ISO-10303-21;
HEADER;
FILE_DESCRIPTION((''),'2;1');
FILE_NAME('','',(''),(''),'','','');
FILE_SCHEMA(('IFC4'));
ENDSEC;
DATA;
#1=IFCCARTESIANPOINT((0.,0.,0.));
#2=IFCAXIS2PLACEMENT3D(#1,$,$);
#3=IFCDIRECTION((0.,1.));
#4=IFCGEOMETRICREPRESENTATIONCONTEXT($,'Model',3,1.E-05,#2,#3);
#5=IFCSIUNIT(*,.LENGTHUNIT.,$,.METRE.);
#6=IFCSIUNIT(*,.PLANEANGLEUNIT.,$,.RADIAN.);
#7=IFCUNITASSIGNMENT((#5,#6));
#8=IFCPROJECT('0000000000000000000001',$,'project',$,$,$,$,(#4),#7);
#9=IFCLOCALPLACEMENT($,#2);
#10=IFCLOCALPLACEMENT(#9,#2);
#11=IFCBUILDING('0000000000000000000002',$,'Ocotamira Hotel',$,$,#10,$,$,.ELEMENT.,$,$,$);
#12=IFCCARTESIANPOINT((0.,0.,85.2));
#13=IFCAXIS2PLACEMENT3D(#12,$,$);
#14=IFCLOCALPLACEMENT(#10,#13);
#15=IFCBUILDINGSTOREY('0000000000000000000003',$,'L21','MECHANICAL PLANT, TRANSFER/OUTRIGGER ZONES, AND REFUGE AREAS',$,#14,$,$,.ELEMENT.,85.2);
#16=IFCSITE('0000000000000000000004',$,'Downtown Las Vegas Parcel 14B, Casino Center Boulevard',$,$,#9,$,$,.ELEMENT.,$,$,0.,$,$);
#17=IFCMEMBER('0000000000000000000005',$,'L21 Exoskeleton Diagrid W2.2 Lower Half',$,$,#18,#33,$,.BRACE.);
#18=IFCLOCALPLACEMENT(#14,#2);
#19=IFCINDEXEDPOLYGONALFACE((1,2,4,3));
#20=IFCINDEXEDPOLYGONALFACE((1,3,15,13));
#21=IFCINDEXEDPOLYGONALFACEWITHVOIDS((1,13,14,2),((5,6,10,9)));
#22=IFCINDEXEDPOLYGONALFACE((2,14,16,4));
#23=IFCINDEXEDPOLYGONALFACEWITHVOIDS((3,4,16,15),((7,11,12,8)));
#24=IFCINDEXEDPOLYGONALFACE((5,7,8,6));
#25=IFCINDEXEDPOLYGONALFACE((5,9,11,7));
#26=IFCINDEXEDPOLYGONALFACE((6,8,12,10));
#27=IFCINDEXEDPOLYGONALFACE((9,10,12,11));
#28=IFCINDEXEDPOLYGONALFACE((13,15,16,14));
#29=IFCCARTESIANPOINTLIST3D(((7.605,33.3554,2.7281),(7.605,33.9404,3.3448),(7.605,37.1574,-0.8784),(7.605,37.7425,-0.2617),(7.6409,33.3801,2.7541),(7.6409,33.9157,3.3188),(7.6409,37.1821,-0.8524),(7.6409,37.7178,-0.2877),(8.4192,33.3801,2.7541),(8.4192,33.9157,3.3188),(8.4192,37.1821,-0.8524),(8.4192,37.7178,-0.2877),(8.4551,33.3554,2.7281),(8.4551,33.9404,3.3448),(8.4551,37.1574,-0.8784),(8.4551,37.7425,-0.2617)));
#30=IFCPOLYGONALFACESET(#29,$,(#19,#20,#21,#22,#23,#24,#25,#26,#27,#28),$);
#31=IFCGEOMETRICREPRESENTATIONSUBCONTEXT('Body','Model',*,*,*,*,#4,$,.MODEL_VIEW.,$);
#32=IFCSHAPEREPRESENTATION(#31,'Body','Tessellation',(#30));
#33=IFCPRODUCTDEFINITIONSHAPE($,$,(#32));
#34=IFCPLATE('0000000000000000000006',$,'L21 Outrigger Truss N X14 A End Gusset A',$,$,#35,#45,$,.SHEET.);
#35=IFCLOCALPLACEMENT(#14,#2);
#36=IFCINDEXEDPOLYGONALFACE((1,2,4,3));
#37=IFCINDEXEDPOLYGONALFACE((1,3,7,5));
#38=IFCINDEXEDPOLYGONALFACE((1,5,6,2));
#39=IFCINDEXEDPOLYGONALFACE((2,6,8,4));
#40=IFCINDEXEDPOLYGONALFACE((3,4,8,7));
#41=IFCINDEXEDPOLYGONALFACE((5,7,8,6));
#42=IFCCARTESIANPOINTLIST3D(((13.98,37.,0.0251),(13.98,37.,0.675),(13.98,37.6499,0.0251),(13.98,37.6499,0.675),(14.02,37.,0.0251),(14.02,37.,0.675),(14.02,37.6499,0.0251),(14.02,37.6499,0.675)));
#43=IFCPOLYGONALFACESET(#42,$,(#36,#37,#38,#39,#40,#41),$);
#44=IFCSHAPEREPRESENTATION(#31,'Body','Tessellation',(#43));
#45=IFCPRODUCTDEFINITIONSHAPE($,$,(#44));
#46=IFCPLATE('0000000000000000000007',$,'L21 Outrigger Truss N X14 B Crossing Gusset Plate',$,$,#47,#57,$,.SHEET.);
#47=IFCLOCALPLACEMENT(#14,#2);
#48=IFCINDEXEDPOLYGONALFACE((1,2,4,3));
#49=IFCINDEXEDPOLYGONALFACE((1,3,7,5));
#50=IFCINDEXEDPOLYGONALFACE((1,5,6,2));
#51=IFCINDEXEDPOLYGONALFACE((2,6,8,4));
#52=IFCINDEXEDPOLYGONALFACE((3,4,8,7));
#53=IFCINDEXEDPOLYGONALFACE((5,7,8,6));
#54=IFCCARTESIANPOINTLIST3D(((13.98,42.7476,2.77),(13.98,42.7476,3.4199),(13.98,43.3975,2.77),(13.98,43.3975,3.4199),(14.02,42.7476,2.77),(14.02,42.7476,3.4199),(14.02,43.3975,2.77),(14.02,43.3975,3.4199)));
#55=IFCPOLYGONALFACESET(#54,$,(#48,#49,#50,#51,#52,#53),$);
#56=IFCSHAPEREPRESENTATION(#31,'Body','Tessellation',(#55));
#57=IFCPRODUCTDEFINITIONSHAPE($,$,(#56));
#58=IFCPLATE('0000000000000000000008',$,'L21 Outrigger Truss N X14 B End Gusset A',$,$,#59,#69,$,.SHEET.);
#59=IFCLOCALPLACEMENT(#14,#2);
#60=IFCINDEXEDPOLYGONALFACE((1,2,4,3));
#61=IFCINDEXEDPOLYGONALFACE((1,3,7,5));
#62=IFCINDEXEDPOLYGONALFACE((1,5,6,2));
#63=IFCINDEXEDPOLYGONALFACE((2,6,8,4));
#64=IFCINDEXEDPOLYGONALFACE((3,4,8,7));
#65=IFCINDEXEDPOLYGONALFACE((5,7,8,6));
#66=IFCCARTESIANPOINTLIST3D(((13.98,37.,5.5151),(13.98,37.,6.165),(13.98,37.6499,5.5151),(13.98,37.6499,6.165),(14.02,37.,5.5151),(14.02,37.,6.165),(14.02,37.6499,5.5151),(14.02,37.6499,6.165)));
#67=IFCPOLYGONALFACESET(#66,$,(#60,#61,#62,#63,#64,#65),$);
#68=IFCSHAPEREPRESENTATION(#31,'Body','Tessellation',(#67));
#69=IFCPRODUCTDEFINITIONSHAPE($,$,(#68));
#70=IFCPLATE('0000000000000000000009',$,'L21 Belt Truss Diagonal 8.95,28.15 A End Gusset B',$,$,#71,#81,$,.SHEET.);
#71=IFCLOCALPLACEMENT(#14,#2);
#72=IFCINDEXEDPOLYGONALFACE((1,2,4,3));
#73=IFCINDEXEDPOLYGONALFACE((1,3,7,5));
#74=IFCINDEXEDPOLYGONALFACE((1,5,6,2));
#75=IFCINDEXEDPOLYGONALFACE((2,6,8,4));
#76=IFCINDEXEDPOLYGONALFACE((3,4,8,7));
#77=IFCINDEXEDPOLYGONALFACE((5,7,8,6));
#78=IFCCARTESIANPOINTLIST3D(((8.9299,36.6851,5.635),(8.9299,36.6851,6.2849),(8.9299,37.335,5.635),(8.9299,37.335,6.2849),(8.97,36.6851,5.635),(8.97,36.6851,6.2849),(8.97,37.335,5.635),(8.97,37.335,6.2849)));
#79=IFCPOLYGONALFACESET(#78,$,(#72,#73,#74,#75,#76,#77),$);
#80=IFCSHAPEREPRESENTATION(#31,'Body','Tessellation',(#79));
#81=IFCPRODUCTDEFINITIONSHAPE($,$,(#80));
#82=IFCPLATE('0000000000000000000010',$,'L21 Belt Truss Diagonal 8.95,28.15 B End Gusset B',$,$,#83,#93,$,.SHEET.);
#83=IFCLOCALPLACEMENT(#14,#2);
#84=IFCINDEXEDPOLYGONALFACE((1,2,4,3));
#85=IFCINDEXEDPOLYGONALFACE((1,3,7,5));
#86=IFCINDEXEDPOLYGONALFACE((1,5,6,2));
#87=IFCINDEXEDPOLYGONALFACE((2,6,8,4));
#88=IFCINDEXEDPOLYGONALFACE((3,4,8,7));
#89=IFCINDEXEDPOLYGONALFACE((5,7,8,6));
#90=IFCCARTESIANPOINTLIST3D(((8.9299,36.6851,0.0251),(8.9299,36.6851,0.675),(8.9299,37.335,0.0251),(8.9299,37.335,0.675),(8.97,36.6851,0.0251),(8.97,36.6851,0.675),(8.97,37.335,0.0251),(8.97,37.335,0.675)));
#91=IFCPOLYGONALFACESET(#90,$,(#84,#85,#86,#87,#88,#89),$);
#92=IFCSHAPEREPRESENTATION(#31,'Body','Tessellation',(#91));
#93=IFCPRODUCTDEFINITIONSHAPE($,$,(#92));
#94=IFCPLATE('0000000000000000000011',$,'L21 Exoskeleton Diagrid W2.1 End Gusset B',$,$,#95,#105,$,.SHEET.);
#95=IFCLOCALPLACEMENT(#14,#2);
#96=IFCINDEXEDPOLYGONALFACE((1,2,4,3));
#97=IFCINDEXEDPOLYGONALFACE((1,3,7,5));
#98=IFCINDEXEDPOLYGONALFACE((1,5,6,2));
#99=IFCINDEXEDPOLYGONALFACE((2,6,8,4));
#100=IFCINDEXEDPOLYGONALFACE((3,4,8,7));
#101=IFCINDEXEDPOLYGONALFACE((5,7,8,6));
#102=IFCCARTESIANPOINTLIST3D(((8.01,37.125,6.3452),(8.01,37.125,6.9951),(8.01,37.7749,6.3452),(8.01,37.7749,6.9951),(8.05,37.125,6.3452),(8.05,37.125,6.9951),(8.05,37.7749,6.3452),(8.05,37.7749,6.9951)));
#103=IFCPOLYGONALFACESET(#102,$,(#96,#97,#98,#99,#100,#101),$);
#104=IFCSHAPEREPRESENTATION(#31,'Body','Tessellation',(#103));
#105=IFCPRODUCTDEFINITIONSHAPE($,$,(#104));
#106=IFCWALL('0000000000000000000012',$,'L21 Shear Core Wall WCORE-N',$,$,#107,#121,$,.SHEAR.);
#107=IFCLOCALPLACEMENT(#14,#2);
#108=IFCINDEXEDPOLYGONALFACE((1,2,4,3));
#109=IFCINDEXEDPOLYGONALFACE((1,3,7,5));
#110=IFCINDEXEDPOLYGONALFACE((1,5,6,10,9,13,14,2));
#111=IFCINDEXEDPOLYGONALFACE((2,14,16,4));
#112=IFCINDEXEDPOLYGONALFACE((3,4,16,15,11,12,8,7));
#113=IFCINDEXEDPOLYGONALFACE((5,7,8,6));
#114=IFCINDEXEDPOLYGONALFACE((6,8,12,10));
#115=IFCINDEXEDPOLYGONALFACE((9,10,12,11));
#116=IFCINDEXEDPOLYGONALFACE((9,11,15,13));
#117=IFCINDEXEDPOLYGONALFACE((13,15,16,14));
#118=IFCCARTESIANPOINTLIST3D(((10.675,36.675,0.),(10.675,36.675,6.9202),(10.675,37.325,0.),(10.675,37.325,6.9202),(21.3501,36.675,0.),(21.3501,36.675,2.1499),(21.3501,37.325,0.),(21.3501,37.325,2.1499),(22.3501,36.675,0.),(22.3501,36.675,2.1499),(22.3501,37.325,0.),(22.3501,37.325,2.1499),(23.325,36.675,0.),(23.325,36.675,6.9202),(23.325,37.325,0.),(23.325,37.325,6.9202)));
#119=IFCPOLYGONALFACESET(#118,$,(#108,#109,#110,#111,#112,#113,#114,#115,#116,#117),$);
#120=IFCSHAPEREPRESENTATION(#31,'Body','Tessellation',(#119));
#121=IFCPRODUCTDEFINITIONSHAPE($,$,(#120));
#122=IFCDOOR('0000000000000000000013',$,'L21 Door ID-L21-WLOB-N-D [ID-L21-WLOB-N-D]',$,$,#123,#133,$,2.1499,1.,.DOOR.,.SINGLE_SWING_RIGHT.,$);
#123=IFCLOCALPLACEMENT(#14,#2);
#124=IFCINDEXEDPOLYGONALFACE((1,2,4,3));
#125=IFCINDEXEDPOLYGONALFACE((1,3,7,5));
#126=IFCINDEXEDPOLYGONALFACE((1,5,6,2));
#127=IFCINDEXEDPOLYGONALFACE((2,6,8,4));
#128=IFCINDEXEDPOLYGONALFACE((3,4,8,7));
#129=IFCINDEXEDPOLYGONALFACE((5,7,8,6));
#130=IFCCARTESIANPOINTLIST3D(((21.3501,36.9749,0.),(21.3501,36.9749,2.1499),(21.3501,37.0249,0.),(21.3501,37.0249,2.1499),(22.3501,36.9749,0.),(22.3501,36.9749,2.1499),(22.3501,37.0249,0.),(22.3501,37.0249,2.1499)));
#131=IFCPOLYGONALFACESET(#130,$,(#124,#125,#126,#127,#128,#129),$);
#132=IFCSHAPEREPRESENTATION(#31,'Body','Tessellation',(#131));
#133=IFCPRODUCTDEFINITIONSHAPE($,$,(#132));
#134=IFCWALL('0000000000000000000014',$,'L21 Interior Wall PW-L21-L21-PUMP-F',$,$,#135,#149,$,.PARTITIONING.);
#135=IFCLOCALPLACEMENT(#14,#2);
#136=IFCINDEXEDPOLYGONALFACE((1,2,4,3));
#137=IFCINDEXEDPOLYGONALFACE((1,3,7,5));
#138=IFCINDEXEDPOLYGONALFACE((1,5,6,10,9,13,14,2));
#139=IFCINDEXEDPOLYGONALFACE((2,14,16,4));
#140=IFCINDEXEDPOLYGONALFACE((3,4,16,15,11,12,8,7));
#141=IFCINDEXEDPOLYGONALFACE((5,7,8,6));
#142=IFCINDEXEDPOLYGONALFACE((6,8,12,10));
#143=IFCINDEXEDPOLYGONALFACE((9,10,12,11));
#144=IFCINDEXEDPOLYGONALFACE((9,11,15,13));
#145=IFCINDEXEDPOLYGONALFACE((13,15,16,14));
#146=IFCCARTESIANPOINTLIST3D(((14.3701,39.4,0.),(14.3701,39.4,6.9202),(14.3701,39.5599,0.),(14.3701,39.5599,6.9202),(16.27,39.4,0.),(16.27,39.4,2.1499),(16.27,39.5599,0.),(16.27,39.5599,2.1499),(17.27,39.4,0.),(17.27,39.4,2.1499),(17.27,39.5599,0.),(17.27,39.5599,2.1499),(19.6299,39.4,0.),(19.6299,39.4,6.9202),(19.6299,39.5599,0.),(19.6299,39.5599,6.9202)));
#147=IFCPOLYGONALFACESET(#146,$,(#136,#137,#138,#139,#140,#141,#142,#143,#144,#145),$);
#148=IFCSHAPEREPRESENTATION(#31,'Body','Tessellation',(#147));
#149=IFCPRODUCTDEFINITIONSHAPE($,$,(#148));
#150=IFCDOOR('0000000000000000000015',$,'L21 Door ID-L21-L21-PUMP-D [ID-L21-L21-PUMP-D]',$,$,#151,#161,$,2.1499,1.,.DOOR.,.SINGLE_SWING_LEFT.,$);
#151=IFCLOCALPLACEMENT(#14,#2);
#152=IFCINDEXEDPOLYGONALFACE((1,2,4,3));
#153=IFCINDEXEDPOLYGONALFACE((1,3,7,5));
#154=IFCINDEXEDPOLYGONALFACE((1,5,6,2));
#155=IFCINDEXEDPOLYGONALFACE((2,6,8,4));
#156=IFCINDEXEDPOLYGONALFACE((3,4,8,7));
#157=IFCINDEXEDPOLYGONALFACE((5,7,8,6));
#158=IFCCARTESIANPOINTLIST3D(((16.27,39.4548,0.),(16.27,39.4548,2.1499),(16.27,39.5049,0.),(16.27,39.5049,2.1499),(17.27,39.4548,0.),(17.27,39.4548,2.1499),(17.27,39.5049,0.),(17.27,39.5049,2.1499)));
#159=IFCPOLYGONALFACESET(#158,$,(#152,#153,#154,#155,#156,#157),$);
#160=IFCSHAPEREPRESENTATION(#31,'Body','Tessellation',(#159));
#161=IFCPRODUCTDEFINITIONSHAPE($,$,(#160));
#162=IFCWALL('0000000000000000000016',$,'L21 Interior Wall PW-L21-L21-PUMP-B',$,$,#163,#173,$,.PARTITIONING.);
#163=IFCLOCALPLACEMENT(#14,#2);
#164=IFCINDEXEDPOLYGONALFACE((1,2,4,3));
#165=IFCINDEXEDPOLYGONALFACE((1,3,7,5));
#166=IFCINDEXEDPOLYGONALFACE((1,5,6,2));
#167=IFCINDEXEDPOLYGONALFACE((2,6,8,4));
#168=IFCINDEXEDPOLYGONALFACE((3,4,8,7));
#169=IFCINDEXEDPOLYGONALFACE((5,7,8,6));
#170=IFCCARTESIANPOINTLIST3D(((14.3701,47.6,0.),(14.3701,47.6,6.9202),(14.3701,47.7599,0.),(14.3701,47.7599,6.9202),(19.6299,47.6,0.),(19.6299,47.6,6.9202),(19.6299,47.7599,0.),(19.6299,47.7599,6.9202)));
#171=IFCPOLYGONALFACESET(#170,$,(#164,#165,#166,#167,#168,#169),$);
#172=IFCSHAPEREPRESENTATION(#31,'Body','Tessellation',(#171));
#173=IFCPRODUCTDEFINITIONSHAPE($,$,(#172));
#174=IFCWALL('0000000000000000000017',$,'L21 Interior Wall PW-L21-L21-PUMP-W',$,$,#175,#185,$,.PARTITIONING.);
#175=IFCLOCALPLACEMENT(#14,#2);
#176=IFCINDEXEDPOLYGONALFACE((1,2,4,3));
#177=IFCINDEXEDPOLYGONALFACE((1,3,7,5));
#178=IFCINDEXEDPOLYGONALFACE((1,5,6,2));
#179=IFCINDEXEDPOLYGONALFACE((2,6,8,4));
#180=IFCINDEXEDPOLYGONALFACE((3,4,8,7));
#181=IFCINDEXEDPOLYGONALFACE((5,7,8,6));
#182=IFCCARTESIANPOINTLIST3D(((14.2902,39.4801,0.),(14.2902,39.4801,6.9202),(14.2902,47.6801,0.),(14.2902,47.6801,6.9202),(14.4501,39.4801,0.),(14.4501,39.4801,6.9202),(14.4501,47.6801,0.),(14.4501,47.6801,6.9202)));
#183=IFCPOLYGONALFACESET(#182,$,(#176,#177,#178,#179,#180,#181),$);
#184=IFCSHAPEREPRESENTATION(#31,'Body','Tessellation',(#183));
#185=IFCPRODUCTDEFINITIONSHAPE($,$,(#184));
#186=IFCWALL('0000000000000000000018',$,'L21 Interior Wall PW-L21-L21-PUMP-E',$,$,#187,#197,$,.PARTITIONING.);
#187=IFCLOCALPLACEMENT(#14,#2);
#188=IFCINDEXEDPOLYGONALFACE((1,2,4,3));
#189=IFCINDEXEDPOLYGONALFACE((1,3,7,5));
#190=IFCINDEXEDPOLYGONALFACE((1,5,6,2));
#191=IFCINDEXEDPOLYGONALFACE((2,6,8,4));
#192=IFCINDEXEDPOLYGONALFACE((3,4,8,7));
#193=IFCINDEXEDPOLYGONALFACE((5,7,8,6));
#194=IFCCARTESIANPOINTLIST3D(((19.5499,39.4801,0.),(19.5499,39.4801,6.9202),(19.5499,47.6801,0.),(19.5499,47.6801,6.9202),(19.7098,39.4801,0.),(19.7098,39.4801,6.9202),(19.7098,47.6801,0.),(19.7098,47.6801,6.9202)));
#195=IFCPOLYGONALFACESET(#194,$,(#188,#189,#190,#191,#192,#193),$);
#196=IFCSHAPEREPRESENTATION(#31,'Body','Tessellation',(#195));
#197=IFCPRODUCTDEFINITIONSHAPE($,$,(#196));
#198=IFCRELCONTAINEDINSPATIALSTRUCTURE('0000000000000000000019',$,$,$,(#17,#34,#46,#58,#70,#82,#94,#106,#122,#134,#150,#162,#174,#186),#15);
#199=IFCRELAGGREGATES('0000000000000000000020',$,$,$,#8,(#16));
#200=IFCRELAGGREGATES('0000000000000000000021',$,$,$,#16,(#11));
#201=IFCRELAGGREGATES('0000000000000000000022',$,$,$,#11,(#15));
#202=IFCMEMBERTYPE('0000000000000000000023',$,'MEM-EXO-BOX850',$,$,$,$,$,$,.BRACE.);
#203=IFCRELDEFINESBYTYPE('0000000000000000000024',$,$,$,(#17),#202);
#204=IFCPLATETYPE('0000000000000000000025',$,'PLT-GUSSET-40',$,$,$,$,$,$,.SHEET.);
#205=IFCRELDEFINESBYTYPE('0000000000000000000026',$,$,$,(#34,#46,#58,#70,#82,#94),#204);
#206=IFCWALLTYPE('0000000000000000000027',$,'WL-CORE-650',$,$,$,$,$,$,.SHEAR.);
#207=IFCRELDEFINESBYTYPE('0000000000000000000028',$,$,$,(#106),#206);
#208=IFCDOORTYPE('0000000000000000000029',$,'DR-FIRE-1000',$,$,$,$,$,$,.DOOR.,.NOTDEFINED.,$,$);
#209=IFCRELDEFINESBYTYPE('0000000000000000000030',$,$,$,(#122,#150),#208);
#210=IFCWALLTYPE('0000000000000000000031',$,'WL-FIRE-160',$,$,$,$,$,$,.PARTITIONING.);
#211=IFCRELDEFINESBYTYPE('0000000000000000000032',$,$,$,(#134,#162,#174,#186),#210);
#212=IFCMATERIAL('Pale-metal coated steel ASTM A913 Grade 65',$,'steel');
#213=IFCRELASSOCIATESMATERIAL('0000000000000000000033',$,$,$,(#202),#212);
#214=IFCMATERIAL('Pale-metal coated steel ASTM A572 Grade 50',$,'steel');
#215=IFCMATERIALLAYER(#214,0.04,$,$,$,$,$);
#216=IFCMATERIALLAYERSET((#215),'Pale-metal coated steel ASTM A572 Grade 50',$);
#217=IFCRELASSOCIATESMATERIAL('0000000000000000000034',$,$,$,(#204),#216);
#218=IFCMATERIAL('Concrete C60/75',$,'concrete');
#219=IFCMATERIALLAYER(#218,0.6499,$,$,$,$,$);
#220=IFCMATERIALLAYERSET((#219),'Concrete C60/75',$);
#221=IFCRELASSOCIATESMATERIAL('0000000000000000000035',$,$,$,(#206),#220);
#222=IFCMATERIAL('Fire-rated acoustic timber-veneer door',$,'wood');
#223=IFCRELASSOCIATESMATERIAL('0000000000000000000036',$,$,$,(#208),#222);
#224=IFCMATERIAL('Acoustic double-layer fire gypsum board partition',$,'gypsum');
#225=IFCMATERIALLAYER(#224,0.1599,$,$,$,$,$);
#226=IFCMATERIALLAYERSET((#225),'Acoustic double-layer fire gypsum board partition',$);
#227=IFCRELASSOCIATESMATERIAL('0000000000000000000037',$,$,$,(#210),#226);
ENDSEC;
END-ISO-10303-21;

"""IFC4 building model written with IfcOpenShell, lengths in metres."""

from ifc_helpers import new_model, si_unit, direction, frame, frame_2d, origin, origin_2d, place, context, subcontext, project, spatial, rectangle, hollow_rectangle, extrude, source, transform, mapped, material, layer, layer_set, material_profile, profile_set, type_object, element, fill, save


model = new_model("IFC4")

# Units and contexts
model_context = context("Model", 3, precision=1e-05, world=origin(), true_north=direction((0.0, 1.0)))
body_context = subcontext(model_context, "Body", "Model", "MODEL_VIEW")
ifc_project = project(units=[si_unit("LENGTHUNIT", "METRE"), si_unit("PLANEANGLEUNIT", "RADIAN")], contexts=[model_context])

# Site, building, storey
site_placement = place(None, origin())
site = spatial("IfcSite", under=ifc_project, at=site_placement, Name="Downtown Las Vegas Parcel 14B, Casino Center Boulevard", CompositionType="ELEMENT", RefElevation=0.0)
building_placement = place(site_placement, origin())
building = spatial("IfcBuilding", under=site, at=building_placement, Name="Ocotamira Hotel", CompositionType="ELEMENT")
storey_placement = place(building_placement, frame((0.0, 0.0, 85.2)))
storey = spatial("IfcBuildingStorey", under=building, at=storey_placement, Name="L21", Description="MECHANICAL PLANT, TRANSFER/OUTRIGGER ZONES, AND REFUGE AREAS", CompositionType="ELEMENT", Elevation=85.2)

# Member
ifc_material_1 = material(Name="Pale-metal coated steel ASTM A913 Grade 65", Category="steel")
ifc_material_profile_1 = material_profile(ifc_material_1, hollow_rectangle(XDim=0.8501, YDim=0.8501, WallThickness=0.0359, at=origin_2d()), Name="BOX850X850X36")
ifc_profile_set_1 = profile_set([ifc_material_profile_1], Name="Pale-metal coated steel ASTM A913 Grade 65")
member_type_1 = type_object("IfcMemberType", Name="MEM-EXO-BOX850", PredefinedType="BRACE", material=ifc_profile_set_1)
shared_shape_1 = source(origin(), body_context, "Body", "SweptSolid", [
    extrude(hollow_rectangle(XDim=0.8501, YDim=0.8501, WallThickness=0.0359, at=origin_2d()), origin(), (0.0, 0.0, 1.0), 5.2405),
])
member_1_placement = place(storey_placement, frame((8.03, 37.45, -0.5701), z_axis=(0.0, -0.725519, 0.688202), x_axis=(1.0, 0.0, 0.0)))
element("IfcMember", 1, at=member_1_placement, inside=storey, type_object=member_type_1, Name="L21 Exoskeleton Diagrid W2.2 Lower Half", PredefinedType="BRACE", context=body_context, shape_type="MappedRepresentation", body=[
    mapped(shared_shape_1, transform((0.0, 0.0, 0.0), scale=1.0)),
])

# Plates
ifc_material_2 = material(Name="Pale-metal coated steel ASTM A572 Grade 50", Category="steel")
ifc_layer_1 = layer(ifc_material_2, 0.04)
ifc_layer_set_1 = layer_set([ifc_layer_1], Name="Pale-metal coated steel ASTM A572 Grade 50")
plate_type = type_object("IfcPlateType", Name="PLT-GUSSET-40", PredefinedType="SHEET", material=ifc_layer_set_1)
shared_shape_2 = source(origin(), body_context, "Body", "SweptSolid", [
    extrude(rectangle(XDim=0.04, YDim=0.6499, at=origin_2d()), origin(), (0.0, 0.0, 1.0), 0.6499),
])
for number, where, z_axis, x_axis, name in (
    (2, (14.0, 37.325, 0.0251), (0.0, 0.0, 1.0), (1.0, 0.0, 0.0), "L21 Outrigger Truss N X14 A End Gusset A"),
    (3, (14.0, 43.0725, 2.77), (0.0, 0.0, 1.0), (1.0, 0.0, 0.0), "L21 Outrigger Truss N X14 B Crossing Gusset Plate"),
    (4, (14.0, 37.325, 5.5151), (0.0, 0.0, 1.0), (1.0, 0.0, 0.0), "L21 Outrigger Truss N X14 B End Gusset A"),
    (5, (8.95, 37.01, 5.635), (0.0, 0.0, 1.0), (1.0, 0.0, 0.0), "L21 Belt Truss Diagonal 8.95,28.15 A End Gusset B"),
    (6, (8.95, 37.01, 0.0251), (0.0, 0.0, 1.0), (1.0, 0.0, 0.0), "L21 Belt Truss Diagonal 8.95,28.15 B End Gusset B"),
    (7, (8.03, 37.45, 6.3452), (0.0, 0.0, 1.0), (1.0, 0.0, 0.0), "L21 Exoskeleton Diagrid W2.1 End Gusset B"),
):
    element("IfcPlate", number, at=place(storey_placement, frame(where, z_axis=z_axis, x_axis=x_axis)), inside=storey, type_object=plate_type, Name=name, PredefinedType="SHEET", context=body_context, shape_type="MappedRepresentation", body=[
        mapped(shared_shape_2, transform((0.0, 0.0, 0.0), scale=1.0)),
    ])

# Walls, openings, doors
ifc_material_3 = material(Name="Concrete C60/75", Category="concrete")
ifc_layer_2 = layer(ifc_material_3, 0.6499)
ifc_layer_set_2 = layer_set([ifc_layer_2], Name="Concrete C60/75")
wall_type_1 = type_object("IfcWallType", Name="WL-CORE-650", PredefinedType="SHEAR", material=ifc_layer_set_2)
wall_1_placement = place(storey_placement, frame((10.675, 37.0, 0.0), z_axis=(0.0, 0.0, 1.0), x_axis=(1.0, 0.0, 0.0)))
wall_1 = element("IfcWall", 8, at=wall_1_placement, inside=storey, type_object=wall_type_1, Name="L21 Shear Core Wall WCORE-N", PredefinedType="SHEAR", context=body_context, shape_type="SweptSolid", body=[
    extrude(rectangle(XDim=12.6499, YDim=0.6499, at=frame_2d((6.325, 0.0))), origin(), (0.0, 0.0, 1.0), 6.9202),
])
opening_1_placement = place(wall_1_placement, frame((10.675, 0.0, 0.0)))
opening_1 = element("IfcOpeningElement", 9, at=opening_1_placement, cuts=wall_1, PredefinedType="OPENING", context=body_context, shape_type="SweptSolid", body=[
    extrude(rectangle(XDim=1.0, YDim=2.1499, at=frame_2d((0.5, 1.075))), frame((0.0, 0.335, 0.0), z_axis=(0.0, -1.0, 0.0), x_axis=(1.0, 0.0, 0.0)), (0.0, 0.0, 1.0), 0.6699),
])
ifc_material_4 = material(Name="Fire-rated acoustic timber-veneer door", Category="wood")
door_type = type_object("IfcDoorType", Name="DR-FIRE-1000", OperationType="NOTDEFINED", PredefinedType="DOOR", material=ifc_material_4)
shared_shape_3 = source(origin(), body_context, "Body", "SweptSolid", [
    extrude(rectangle(XDim=1.0, YDim=2.1499, at=frame_2d((0.5, 1.075))), frame((0.0, 0.0249, 0.0), z_axis=(0.0, -1.0, 0.0), x_axis=(1.0, 0.0, 0.0)), (0.0, 0.0, 1.0), 0.05),
])
door_1_placement = place(opening_1_placement, origin())
door_1 = element("IfcDoor", 10, at=door_1_placement, inside=storey, type_object=door_type, Name="L21 Door ID-L21-WLOB-N-D [ID-L21-WLOB-N-D]", OperationType="SINGLE_SWING_RIGHT", OverallHeight=2.1499, OverallWidth=1.0, PredefinedType="DOOR", context=body_context, shape_type="MappedRepresentation", body=[
    mapped(shared_shape_3, transform((0.0, 0.0, 0.0), scale=1.0)),
])
fill(opening_1, door_1)
ifc_material_5 = material(Name="Acoustic double-layer fire gypsum board partition", Category="gypsum")
ifc_layer_3 = layer(ifc_material_5, 0.1599)
ifc_layer_set_3 = layer_set([ifc_layer_3], Name="Acoustic double-layer fire gypsum board partition")
wall_type_2 = type_object("IfcWallType", Name="WL-FIRE-160", PredefinedType="PARTITIONING", material=ifc_layer_set_3)
wall_2_placement = place(storey_placement, frame((14.3701, 39.48, 0.0), z_axis=(0.0, 0.0, 1.0), x_axis=(1.0, 0.0, 0.0)))
wall_2 = element("IfcWall", 11, at=wall_2_placement, inside=storey, type_object=wall_type_2, Name="L21 Interior Wall PW-L21-L21-PUMP-F", PredefinedType="PARTITIONING", context=body_context, shape_type="SweptSolid", body=[
    extrude(rectangle(XDim=5.2598, YDim=0.1599, at=frame_2d((2.6299, 0.0))), origin(), (0.0, 0.0, 1.0), 6.9202),
])
opening_2_placement = place(wall_2_placement, frame((1.8999, 0.0, 0.0)))
opening_2 = element("IfcOpeningElement", 12, at=opening_2_placement, cuts=wall_2, PredefinedType="OPENING", context=body_context, shape_type="SweptSolid", body=[
    extrude(rectangle(XDim=1.0, YDim=2.1499, at=frame_2d((0.5, 1.075))), frame((0.0, 0.0898, 0.0), z_axis=(0.0, -1.0, 0.0), x_axis=(1.0, 0.0, 0.0)), (0.0, 0.0, 1.0), 0.1799),
])
door_2_placement = place(opening_2_placement, origin())
door_2 = element("IfcDoor", 13, at=door_2_placement, inside=storey, type_object=door_type, Name="L21 Door ID-L21-L21-PUMP-D [ID-L21-L21-PUMP-D]", OperationType="SINGLE_SWING_LEFT", OverallHeight=2.1499, OverallWidth=1.0, PredefinedType="DOOR", context=body_context, shape_type="MappedRepresentation", body=[
    mapped(shared_shape_3, transform((0.0, 0.0, 0.0), scale=1.0)),
])
fill(opening_2, door_2)

# Walls
wall_3_placement = place(storey_placement, frame((14.3701, 47.6799, 0.0), z_axis=(0.0, 0.0, 1.0), x_axis=(1.0, 0.0, 0.0)))
element("IfcWall", 14, at=wall_3_placement, inside=storey, type_object=wall_type_2, Name="L21 Interior Wall PW-L21-L21-PUMP-B", PredefinedType="PARTITIONING", context=body_context, shape_type="SweptSolid", body=[
    extrude(rectangle(XDim=5.2598, YDim=0.1599, at=frame_2d((2.6299, 0.0))), origin(), (0.0, 0.0, 1.0), 6.9202),
])
for number, where, z_axis, x_axis, name in (
    (15, (14.3701, 39.48, 0.0), (0.0, 0.0, 1.0), (0.0, 1.0, 0.0), "L21 Interior Wall PW-L21-L21-PUMP-W"),
    (16, (19.6299, 39.48, 0.0), (0.0, 0.0, 1.0), (0.0, 1.0, 0.0), "L21 Interior Wall PW-L21-L21-PUMP-E"),
):
    element("IfcWall", number, at=place(storey_placement, frame(where, z_axis=z_axis, x_axis=x_axis)), inside=storey, type_object=wall_type_2, Name=name, PredefinedType="PARTITIONING", context=body_context, shape_type="SweptSolid", body=[
        extrude(rectangle(XDim=8.2, YDim=0.1599, at=frame_2d((4.1001, 0.0))), origin(), (0.0, 0.0, 1.0), 6.9202),
    ])

save(model, "model.ifc")
